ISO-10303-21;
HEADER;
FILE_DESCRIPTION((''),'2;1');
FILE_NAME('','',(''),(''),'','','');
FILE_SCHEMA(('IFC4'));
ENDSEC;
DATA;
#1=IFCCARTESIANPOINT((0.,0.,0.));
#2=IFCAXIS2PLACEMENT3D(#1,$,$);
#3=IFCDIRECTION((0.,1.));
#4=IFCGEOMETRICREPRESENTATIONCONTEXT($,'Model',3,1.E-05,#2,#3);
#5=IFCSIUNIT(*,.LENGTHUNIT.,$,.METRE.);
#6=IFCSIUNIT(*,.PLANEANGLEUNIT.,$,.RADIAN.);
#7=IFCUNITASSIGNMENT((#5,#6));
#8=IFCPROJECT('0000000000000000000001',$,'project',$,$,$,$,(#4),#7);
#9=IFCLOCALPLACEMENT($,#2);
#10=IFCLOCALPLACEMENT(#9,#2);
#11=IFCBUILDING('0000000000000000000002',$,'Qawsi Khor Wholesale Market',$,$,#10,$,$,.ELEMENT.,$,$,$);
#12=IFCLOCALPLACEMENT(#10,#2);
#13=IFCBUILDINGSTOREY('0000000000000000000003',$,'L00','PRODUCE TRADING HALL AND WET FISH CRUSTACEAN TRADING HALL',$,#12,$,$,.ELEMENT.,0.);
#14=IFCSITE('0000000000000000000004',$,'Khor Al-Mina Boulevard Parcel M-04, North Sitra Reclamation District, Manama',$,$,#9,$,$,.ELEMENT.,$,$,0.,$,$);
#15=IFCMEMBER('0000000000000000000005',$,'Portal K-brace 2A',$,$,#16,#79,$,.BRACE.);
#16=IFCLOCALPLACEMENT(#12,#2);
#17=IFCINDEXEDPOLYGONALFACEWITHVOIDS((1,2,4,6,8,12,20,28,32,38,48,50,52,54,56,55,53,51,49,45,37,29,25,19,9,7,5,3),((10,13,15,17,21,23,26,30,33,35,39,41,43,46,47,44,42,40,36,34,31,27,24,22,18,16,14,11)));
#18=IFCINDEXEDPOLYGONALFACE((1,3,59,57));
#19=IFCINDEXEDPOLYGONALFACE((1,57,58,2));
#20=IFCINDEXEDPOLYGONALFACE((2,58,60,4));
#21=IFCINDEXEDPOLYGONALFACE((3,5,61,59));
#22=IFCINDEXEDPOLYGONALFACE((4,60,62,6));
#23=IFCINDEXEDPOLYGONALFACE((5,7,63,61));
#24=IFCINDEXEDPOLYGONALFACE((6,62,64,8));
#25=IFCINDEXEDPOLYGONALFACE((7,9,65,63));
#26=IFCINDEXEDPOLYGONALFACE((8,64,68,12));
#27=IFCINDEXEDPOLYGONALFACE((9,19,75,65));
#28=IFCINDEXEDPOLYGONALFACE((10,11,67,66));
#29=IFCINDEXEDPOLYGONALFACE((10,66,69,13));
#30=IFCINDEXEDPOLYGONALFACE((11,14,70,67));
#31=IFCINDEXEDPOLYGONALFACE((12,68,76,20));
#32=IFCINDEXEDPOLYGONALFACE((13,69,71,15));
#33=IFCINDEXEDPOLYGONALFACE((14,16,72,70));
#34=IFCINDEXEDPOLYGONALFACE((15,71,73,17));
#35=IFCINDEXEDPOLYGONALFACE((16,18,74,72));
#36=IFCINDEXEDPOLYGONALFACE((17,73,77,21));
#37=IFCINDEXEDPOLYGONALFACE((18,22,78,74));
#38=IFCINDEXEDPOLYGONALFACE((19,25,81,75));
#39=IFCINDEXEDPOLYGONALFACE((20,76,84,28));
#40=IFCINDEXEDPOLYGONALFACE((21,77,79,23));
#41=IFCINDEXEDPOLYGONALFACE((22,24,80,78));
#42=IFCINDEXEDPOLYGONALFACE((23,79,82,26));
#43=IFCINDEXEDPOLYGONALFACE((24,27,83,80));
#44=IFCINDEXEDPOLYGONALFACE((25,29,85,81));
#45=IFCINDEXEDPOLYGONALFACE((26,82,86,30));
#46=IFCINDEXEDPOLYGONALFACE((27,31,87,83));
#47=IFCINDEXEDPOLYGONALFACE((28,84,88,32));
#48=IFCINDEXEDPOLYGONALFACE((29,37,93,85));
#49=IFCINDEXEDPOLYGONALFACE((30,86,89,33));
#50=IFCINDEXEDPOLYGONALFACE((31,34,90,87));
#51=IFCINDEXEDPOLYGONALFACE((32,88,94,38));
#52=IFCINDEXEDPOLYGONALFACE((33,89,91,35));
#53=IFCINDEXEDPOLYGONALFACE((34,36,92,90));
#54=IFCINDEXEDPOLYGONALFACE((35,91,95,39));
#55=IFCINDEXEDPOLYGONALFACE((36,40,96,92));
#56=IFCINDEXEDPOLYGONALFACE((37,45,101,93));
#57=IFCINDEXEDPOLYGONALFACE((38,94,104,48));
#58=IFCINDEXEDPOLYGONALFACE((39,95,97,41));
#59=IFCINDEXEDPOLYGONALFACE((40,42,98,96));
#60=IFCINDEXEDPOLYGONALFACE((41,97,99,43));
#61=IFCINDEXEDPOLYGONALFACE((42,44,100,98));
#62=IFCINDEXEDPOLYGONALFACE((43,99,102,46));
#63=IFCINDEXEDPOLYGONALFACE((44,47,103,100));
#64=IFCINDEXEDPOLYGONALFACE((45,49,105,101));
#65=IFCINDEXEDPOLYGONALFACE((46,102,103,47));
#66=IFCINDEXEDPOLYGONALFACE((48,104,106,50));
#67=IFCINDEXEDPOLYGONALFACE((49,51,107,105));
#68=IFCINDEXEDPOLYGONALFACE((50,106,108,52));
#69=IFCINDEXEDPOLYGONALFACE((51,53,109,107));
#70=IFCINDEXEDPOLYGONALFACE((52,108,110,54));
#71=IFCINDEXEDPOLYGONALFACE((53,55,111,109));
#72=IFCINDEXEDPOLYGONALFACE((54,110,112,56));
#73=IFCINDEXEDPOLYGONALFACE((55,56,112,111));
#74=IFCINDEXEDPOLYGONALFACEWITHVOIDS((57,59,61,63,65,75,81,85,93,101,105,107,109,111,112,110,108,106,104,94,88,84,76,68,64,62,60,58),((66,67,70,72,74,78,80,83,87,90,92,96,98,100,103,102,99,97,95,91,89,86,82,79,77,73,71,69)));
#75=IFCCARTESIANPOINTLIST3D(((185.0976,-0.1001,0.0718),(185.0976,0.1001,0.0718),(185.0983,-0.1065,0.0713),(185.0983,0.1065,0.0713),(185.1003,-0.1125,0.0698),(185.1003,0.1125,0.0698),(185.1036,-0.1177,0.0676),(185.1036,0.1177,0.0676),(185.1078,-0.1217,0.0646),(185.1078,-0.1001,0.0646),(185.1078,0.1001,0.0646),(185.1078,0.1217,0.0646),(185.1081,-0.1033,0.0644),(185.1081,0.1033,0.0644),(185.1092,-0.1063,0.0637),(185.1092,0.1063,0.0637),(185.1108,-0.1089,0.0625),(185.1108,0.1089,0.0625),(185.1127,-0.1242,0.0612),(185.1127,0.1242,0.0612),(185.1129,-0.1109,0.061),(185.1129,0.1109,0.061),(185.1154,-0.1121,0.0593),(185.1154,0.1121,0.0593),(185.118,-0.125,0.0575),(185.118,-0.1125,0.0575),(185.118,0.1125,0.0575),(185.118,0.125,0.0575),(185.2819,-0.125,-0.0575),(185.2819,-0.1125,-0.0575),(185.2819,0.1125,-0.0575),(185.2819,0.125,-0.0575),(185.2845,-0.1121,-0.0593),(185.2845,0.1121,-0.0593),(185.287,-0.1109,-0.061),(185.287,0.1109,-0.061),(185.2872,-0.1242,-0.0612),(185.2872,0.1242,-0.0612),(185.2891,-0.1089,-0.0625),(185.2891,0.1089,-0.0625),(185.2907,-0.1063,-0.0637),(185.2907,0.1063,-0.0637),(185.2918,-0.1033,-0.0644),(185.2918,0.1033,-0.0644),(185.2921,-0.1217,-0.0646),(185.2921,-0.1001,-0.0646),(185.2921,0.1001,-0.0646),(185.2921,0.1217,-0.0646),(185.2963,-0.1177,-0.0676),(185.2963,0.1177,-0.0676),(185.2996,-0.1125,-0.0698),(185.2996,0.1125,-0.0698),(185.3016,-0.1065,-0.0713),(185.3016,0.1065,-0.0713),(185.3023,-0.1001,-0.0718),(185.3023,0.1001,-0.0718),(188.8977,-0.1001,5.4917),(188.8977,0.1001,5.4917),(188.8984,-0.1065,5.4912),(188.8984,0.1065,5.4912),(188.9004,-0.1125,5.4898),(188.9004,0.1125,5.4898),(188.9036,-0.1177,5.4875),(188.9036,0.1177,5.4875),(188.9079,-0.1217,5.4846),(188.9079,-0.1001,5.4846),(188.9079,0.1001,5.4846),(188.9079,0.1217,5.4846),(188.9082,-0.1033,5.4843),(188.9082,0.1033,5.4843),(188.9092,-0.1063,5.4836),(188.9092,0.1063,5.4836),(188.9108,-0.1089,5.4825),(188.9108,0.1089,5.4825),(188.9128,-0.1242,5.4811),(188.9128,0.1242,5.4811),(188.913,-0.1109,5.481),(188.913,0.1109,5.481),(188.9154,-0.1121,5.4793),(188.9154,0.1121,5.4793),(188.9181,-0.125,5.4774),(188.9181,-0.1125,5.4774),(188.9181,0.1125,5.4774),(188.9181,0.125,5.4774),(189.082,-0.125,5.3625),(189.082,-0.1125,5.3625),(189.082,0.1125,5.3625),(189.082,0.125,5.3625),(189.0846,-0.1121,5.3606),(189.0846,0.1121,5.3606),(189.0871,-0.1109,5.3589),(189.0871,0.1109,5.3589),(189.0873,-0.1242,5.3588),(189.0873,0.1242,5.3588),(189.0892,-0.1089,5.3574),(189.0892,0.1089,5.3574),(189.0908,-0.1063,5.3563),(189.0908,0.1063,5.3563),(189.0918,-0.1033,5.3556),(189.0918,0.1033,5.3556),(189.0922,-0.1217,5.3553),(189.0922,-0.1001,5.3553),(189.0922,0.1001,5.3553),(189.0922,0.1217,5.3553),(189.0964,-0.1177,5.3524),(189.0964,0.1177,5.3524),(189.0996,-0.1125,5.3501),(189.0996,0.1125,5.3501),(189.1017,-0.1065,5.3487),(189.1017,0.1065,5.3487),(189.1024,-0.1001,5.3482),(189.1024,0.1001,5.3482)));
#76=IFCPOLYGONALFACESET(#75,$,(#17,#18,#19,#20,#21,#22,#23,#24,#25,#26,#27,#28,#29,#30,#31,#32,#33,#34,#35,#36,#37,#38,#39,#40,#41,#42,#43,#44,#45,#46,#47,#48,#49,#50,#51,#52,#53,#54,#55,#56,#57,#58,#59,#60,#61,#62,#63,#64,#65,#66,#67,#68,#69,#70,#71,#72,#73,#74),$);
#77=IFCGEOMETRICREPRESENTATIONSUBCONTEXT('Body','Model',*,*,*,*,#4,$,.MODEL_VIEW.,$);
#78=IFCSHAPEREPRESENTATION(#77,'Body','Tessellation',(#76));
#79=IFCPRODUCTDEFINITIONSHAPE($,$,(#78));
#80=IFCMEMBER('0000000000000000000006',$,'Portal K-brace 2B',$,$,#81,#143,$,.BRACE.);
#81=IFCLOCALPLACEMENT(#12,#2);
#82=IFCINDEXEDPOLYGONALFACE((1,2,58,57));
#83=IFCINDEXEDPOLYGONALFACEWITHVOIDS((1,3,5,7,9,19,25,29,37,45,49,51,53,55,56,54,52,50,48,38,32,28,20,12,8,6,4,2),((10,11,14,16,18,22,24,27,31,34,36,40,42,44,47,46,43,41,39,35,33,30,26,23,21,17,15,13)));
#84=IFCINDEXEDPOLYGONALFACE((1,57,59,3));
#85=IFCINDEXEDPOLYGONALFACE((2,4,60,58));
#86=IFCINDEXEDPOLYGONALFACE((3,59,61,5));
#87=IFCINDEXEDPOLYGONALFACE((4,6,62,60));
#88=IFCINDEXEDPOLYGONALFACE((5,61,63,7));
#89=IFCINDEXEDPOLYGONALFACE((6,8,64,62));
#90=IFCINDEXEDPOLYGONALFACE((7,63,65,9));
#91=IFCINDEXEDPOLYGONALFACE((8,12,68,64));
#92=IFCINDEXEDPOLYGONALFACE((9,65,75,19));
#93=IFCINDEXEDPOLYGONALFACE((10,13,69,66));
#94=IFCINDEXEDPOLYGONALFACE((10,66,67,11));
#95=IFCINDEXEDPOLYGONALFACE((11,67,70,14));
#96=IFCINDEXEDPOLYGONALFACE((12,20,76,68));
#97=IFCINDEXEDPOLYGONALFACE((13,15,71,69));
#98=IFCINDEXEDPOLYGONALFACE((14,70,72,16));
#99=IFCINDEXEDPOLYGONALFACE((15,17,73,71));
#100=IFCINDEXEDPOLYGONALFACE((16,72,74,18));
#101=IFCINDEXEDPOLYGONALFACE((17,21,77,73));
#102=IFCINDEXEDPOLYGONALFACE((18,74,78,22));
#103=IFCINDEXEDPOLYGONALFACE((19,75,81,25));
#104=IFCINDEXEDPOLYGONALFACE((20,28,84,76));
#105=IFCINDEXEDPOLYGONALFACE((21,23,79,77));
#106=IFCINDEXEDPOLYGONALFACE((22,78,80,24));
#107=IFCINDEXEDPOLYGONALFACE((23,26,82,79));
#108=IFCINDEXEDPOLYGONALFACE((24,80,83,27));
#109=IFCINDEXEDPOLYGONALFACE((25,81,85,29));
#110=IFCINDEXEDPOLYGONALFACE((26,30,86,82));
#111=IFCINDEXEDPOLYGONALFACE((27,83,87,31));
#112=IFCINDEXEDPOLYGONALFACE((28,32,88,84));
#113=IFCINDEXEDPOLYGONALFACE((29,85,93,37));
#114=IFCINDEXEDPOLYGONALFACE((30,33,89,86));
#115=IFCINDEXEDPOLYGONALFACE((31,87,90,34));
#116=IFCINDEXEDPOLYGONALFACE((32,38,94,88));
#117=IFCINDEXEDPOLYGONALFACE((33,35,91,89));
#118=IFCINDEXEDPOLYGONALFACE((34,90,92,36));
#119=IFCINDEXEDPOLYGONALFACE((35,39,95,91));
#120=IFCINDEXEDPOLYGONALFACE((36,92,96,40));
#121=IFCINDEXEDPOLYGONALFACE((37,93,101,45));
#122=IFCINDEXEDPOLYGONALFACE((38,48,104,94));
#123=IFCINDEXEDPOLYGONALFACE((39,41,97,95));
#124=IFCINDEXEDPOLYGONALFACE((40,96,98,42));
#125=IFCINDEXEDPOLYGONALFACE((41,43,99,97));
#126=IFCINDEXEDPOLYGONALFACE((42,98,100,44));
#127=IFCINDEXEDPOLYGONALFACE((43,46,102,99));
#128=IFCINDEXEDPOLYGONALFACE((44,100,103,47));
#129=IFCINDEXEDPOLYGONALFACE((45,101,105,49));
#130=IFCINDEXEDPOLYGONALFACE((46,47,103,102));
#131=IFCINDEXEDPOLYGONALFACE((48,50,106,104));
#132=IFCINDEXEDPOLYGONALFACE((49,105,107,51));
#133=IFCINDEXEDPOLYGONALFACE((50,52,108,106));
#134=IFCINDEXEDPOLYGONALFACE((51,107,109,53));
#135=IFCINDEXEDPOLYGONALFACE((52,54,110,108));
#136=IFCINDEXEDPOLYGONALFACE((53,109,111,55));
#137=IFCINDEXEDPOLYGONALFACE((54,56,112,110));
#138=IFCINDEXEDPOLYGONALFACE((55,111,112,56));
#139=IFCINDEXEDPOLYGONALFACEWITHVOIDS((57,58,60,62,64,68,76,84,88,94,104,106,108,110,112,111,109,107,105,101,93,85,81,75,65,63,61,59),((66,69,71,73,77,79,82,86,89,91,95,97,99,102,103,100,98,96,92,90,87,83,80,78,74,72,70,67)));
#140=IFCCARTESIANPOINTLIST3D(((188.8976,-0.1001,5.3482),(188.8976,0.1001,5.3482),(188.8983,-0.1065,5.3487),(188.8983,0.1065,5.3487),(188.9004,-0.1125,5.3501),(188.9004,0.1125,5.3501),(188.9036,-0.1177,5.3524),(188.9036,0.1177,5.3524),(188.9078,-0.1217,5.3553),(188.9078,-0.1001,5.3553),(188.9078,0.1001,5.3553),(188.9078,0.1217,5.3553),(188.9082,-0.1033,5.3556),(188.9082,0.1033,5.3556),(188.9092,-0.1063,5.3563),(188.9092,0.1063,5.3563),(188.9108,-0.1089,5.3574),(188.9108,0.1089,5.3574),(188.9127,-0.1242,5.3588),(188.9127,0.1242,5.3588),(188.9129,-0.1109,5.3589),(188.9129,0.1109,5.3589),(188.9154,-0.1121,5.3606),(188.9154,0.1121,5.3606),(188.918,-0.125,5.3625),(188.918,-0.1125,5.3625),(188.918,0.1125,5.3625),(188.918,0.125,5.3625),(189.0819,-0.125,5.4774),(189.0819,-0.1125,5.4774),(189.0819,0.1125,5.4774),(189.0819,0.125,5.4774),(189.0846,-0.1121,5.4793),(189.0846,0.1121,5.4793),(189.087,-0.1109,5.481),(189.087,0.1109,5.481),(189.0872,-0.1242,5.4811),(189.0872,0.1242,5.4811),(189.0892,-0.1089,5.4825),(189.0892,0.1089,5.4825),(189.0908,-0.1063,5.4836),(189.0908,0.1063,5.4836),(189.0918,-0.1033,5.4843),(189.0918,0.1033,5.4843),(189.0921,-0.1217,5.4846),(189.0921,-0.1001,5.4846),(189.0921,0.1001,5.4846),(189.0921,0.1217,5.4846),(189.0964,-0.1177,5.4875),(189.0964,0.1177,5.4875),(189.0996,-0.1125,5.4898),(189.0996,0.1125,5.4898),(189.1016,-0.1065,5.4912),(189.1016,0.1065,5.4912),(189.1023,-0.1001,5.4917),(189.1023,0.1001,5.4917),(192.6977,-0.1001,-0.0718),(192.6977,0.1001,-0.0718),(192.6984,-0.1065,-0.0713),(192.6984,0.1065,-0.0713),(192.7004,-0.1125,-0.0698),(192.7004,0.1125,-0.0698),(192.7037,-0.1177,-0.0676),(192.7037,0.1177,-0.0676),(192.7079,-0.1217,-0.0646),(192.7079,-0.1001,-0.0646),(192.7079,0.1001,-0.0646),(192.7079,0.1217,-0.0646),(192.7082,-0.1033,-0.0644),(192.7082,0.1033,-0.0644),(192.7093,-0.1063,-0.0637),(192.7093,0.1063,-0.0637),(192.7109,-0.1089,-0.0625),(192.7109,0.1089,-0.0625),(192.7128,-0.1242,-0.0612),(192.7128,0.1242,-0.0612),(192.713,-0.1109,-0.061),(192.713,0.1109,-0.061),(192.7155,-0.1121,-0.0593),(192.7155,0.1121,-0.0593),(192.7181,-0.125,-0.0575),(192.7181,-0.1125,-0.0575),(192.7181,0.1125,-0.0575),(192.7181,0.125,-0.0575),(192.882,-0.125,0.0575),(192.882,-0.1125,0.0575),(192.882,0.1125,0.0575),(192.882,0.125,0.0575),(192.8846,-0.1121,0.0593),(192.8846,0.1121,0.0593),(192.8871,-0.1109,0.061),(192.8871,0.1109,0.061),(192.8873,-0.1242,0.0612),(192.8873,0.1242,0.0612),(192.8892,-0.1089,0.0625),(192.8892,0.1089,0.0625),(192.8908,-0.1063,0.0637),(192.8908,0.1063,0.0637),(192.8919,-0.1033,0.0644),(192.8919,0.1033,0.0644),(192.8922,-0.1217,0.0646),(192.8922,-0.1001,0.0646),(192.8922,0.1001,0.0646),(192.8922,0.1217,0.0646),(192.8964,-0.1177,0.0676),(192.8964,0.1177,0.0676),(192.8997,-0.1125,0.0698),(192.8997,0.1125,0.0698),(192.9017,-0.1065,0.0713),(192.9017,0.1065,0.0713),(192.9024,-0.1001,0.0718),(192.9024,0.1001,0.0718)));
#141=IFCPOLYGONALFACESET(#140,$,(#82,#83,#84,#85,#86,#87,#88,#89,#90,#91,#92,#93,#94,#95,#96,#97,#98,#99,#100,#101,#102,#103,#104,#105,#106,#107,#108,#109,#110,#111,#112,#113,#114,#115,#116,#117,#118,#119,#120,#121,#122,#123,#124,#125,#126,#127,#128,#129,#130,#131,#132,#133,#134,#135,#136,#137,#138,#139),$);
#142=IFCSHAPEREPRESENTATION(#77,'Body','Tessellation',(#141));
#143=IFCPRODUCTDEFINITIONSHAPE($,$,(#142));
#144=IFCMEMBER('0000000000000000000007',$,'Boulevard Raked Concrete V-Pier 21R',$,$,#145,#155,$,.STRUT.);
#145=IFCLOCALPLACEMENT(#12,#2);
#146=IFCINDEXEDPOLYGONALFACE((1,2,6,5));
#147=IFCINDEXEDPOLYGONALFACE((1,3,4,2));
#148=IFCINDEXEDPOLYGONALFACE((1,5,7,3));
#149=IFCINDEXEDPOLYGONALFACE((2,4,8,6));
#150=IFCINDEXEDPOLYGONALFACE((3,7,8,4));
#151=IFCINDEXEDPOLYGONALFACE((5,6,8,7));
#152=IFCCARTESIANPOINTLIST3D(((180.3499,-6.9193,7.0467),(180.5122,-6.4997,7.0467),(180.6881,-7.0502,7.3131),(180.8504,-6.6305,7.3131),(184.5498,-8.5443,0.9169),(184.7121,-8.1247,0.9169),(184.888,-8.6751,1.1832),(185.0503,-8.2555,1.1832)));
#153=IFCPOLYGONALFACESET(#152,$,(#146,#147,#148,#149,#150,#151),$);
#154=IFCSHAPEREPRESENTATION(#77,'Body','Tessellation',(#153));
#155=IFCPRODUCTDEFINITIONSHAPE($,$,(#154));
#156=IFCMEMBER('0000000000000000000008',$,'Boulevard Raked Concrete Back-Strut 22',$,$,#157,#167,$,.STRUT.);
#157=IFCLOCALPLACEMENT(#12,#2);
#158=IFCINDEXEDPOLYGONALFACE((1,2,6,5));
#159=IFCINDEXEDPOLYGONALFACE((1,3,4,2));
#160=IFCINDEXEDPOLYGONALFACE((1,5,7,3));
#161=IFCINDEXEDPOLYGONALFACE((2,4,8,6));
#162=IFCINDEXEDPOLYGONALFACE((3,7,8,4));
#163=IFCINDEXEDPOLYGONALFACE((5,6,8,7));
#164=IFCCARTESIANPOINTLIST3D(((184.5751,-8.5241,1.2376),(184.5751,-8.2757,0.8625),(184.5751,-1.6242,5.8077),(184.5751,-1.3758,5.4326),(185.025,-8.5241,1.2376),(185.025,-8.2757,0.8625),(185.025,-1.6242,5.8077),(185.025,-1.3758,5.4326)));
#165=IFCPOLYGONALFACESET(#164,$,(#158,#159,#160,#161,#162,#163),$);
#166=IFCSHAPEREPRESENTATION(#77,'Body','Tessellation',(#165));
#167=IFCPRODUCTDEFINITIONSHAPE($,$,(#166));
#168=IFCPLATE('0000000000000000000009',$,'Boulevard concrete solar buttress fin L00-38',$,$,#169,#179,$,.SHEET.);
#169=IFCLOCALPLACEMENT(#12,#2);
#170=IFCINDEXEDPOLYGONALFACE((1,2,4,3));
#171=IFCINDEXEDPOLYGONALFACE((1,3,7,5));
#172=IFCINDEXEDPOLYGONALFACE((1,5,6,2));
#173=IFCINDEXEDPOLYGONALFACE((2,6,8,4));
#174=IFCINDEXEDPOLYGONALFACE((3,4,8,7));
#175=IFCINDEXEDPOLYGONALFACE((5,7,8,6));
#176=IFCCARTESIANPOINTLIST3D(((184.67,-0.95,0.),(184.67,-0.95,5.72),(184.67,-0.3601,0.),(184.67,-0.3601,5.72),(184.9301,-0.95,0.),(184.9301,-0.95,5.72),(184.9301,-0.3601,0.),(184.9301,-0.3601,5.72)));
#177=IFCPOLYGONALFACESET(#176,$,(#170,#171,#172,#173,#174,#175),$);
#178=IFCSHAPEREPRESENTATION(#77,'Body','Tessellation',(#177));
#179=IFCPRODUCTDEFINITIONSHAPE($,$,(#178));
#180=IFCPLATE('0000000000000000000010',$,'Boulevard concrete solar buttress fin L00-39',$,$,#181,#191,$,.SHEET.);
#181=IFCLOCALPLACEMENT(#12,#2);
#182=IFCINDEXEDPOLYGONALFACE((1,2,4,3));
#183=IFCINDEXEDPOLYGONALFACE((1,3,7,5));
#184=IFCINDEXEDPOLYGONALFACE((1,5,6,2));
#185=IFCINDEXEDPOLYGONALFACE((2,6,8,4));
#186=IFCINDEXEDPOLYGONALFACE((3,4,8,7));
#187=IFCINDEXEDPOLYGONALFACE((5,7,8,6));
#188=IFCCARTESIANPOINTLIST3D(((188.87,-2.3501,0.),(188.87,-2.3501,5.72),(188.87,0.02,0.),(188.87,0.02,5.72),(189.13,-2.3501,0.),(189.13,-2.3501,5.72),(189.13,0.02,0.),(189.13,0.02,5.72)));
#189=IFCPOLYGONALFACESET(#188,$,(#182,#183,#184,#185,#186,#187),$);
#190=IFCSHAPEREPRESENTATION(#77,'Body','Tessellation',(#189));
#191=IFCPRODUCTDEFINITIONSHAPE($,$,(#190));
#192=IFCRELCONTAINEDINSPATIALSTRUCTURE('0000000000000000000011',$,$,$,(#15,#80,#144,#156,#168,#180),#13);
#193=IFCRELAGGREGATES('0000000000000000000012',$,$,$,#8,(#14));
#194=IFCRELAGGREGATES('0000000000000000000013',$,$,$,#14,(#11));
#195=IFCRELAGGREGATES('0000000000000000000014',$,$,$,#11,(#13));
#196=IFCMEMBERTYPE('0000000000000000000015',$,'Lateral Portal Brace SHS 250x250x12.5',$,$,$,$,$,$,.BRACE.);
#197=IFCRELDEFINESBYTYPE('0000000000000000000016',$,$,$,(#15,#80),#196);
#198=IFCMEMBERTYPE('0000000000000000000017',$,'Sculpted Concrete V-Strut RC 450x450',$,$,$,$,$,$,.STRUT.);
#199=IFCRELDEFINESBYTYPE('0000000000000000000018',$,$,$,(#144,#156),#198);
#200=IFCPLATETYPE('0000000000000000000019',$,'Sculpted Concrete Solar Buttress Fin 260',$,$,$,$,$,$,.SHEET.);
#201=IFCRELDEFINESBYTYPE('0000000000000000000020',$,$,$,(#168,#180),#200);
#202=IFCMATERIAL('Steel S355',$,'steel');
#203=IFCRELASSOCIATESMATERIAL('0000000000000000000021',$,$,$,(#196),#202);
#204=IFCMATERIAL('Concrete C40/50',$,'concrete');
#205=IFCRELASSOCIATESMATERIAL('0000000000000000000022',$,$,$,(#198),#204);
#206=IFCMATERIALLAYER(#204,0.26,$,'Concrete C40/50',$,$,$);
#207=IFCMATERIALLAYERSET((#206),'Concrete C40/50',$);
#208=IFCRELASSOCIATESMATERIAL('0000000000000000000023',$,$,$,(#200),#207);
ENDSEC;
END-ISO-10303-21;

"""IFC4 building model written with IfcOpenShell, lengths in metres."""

from ifc_helpers import new_model, si_unit, direction, frame, frame_2d, origin, origin_2d, place, context, subcontext, project, spatial, rectangle, hollow_rectangle, extrude, material, layer, layer_set, material_profile, profile_set, type_object, element, save


model = new_model("IFC4")

# Units and contexts
model_context = context("Model", 3, precision=1e-05, world=origin(), true_north=direction((0.0, 1.0)))
body_context = subcontext(model_context, "Body", "Model", "MODEL_VIEW")
ifc_project = project(units=[si_unit("LENGTHUNIT", "METRE"), si_unit("PLANEANGLEUNIT", "RADIAN")], contexts=[model_context])

# Site, building, storey
site_placement = place(None, origin())
site = spatial("IfcSite", under=ifc_project, at=site_placement, Name="Khor Al-Mina Boulevard Parcel M-04, North Sitra Reclamation District, Manama", CompositionType="ELEMENT", RefElevation=0.0)
building_placement = place(site_placement, origin())
building = spatial("IfcBuilding", under=site, at=building_placement, Name="Qawsi Khor Wholesale Market", CompositionType="ELEMENT")
storey_placement = place(building_placement, origin())
storey = spatial("IfcBuildingStorey", under=building, at=storey_placement, Name="L00", Description="PRODUCE TRADING HALL AND WET FISH CRUSTACEAN TRADING HALL", CompositionType="ELEMENT", Elevation=0.0)

# Shared definitions
ifc_material_1 = material(Name="Concrete C40/50", Category="concrete")

# Members
ifc_material_2 = material(Name="Steel S355", Category="steel")
ifc_material_profile_1 = material_profile(ifc_material_2, hollow_rectangle(XDim=0.25, YDim=0.25, WallThickness=0.0125, InnerFilletRadius=0.0125, OuterFilletRadius=0.0249, at=origin_2d()), Name="SHS 250x250x12.5")
ifc_profile_set_1 = profile_set([ifc_material_profile_1], Name="Steel S355")
member_type_1 = type_object("IfcMemberType", Name="Lateral Portal Brace SHS 250x250x12.5", PredefinedType="BRACE", material=ifc_profile_set_1)
for number, where, z_axis, x_axis, name in (
    (1, (185.2, 0.0, 0.0), (0.574081, 0.0, 0.818798), (0.0, 1.0, 0.0), "Portal K-brace 2A"),
    (2, (192.8, 0.0, 0.0), (-0.574081, 0.0, 0.818798), (0.0, -1.0, 0.0), "Portal K-brace 2B"),
):
    element("IfcMember", number, at=place(storey_placement, frame(where, z_axis=z_axis, x_axis=x_axis)), inside=storey, type_object=member_type_1, Name=name, PredefinedType="BRACE", context=body_context, shape_type="SweptSolid", body=[
        extrude(hollow_rectangle(XDim=0.25, YDim=0.25, WallThickness=0.0125, InnerFilletRadius=0.0125, OuterFilletRadius=0.0249, at=origin_2d()), origin(), (0.0, 0.0, 1.0), 6.6194),
    ])
ifc_material_profile_2 = material_profile(ifc_material_1, rectangle(XDim=0.45, YDim=0.45, at=origin_2d()), Name="RC 450x450")
ifc_profile_set_2 = profile_set([ifc_material_profile_2], Name="Concrete C40/50")
member_type_2 = type_object("IfcMemberType", Name="Sculpted Concrete V-Strut RC 450x450", PredefinedType="STRUT", material=ifc_profile_set_2)
member_1_placement = place(storey_placement, frame((184.8, -8.3999, 1.05), z_axis=(-0.552168, 0.213639, 0.805896), x_axis=(-0.360842, -0.932627, 0.0)))
element("IfcMember", 3, at=member_1_placement, inside=storey, type_object=member_type_2, Name="Boulevard Raked Concrete V-Pier 21R", PredefinedType="STRUT", context=body_context, shape_type="SweptSolid", body=[
    extrude(rectangle(XDim=0.45, YDim=0.45, at=origin_2d()), origin(), (0.0, 0.0, 1.0), 7.6062),
])
member_2_placement = place(storey_placement, frame((184.8, -8.3999, 1.05), z_axis=(0.0, 0.833712, 0.552199), x_axis=(-1.0, 0.0, 0.0)))
element("IfcMember", 4, at=member_2_placement, inside=storey, type_object=member_type_2, Name="Boulevard Raked Concrete Back-Strut 22", PredefinedType="STRUT", context=body_context, shape_type="SweptSolid", body=[
    extrude(rectangle(XDim=0.45, YDim=0.45, at=origin_2d()), origin(), (0.0, 0.0, 1.0), 8.2761),
])

# Plates
ifc_layer_1 = layer(ifc_material_1, 0.26, Name="Concrete C40/50")
ifc_layer_set_1 = layer_set([ifc_layer_1], Name="Concrete C40/50")
plate_type = type_object("IfcPlateType", Name="Sculpted Concrete Solar Buttress Fin 260", PredefinedType="SHEET", material=ifc_layer_set_1)
plate_1_placement = place(storey_placement, frame((184.8, -0.95, 0.0), z_axis=(0.0, 0.0, 1.0), x_axis=(0.0, 1.0, 0.0)))
element("IfcPlate", 5, at=plate_1_placement, inside=storey, type_object=plate_type, Name="Boulevard concrete solar buttress fin L00-38", PredefinedType="SHEET", context=body_context, shape_type="SweptSolid", body=[
    extrude(rectangle(XDim=0.5898, YDim=0.26, at=frame_2d((0.2949, 0.0))), origin(), (0.0, 0.0, 1.0), 5.72),
])
plate_2_placement = place(storey_placement, frame((189.0, -2.3501, 0.0), z_axis=(0.0, 0.0, 1.0), x_axis=(0.0, 1.0, 0.0)))
element("IfcPlate", 6, at=plate_2_placement, inside=storey, type_object=plate_type, Name="Boulevard concrete solar buttress fin L00-39", PredefinedType="SHEET", context=body_context, shape_type="SweptSolid", body=[
    extrude(rectangle(XDim=2.3701, YDim=0.26, at=frame_2d((1.1851, 0.0))), origin(), (0.0, 0.0, 1.0), 5.72),
])

save(model, "model.ifc")
